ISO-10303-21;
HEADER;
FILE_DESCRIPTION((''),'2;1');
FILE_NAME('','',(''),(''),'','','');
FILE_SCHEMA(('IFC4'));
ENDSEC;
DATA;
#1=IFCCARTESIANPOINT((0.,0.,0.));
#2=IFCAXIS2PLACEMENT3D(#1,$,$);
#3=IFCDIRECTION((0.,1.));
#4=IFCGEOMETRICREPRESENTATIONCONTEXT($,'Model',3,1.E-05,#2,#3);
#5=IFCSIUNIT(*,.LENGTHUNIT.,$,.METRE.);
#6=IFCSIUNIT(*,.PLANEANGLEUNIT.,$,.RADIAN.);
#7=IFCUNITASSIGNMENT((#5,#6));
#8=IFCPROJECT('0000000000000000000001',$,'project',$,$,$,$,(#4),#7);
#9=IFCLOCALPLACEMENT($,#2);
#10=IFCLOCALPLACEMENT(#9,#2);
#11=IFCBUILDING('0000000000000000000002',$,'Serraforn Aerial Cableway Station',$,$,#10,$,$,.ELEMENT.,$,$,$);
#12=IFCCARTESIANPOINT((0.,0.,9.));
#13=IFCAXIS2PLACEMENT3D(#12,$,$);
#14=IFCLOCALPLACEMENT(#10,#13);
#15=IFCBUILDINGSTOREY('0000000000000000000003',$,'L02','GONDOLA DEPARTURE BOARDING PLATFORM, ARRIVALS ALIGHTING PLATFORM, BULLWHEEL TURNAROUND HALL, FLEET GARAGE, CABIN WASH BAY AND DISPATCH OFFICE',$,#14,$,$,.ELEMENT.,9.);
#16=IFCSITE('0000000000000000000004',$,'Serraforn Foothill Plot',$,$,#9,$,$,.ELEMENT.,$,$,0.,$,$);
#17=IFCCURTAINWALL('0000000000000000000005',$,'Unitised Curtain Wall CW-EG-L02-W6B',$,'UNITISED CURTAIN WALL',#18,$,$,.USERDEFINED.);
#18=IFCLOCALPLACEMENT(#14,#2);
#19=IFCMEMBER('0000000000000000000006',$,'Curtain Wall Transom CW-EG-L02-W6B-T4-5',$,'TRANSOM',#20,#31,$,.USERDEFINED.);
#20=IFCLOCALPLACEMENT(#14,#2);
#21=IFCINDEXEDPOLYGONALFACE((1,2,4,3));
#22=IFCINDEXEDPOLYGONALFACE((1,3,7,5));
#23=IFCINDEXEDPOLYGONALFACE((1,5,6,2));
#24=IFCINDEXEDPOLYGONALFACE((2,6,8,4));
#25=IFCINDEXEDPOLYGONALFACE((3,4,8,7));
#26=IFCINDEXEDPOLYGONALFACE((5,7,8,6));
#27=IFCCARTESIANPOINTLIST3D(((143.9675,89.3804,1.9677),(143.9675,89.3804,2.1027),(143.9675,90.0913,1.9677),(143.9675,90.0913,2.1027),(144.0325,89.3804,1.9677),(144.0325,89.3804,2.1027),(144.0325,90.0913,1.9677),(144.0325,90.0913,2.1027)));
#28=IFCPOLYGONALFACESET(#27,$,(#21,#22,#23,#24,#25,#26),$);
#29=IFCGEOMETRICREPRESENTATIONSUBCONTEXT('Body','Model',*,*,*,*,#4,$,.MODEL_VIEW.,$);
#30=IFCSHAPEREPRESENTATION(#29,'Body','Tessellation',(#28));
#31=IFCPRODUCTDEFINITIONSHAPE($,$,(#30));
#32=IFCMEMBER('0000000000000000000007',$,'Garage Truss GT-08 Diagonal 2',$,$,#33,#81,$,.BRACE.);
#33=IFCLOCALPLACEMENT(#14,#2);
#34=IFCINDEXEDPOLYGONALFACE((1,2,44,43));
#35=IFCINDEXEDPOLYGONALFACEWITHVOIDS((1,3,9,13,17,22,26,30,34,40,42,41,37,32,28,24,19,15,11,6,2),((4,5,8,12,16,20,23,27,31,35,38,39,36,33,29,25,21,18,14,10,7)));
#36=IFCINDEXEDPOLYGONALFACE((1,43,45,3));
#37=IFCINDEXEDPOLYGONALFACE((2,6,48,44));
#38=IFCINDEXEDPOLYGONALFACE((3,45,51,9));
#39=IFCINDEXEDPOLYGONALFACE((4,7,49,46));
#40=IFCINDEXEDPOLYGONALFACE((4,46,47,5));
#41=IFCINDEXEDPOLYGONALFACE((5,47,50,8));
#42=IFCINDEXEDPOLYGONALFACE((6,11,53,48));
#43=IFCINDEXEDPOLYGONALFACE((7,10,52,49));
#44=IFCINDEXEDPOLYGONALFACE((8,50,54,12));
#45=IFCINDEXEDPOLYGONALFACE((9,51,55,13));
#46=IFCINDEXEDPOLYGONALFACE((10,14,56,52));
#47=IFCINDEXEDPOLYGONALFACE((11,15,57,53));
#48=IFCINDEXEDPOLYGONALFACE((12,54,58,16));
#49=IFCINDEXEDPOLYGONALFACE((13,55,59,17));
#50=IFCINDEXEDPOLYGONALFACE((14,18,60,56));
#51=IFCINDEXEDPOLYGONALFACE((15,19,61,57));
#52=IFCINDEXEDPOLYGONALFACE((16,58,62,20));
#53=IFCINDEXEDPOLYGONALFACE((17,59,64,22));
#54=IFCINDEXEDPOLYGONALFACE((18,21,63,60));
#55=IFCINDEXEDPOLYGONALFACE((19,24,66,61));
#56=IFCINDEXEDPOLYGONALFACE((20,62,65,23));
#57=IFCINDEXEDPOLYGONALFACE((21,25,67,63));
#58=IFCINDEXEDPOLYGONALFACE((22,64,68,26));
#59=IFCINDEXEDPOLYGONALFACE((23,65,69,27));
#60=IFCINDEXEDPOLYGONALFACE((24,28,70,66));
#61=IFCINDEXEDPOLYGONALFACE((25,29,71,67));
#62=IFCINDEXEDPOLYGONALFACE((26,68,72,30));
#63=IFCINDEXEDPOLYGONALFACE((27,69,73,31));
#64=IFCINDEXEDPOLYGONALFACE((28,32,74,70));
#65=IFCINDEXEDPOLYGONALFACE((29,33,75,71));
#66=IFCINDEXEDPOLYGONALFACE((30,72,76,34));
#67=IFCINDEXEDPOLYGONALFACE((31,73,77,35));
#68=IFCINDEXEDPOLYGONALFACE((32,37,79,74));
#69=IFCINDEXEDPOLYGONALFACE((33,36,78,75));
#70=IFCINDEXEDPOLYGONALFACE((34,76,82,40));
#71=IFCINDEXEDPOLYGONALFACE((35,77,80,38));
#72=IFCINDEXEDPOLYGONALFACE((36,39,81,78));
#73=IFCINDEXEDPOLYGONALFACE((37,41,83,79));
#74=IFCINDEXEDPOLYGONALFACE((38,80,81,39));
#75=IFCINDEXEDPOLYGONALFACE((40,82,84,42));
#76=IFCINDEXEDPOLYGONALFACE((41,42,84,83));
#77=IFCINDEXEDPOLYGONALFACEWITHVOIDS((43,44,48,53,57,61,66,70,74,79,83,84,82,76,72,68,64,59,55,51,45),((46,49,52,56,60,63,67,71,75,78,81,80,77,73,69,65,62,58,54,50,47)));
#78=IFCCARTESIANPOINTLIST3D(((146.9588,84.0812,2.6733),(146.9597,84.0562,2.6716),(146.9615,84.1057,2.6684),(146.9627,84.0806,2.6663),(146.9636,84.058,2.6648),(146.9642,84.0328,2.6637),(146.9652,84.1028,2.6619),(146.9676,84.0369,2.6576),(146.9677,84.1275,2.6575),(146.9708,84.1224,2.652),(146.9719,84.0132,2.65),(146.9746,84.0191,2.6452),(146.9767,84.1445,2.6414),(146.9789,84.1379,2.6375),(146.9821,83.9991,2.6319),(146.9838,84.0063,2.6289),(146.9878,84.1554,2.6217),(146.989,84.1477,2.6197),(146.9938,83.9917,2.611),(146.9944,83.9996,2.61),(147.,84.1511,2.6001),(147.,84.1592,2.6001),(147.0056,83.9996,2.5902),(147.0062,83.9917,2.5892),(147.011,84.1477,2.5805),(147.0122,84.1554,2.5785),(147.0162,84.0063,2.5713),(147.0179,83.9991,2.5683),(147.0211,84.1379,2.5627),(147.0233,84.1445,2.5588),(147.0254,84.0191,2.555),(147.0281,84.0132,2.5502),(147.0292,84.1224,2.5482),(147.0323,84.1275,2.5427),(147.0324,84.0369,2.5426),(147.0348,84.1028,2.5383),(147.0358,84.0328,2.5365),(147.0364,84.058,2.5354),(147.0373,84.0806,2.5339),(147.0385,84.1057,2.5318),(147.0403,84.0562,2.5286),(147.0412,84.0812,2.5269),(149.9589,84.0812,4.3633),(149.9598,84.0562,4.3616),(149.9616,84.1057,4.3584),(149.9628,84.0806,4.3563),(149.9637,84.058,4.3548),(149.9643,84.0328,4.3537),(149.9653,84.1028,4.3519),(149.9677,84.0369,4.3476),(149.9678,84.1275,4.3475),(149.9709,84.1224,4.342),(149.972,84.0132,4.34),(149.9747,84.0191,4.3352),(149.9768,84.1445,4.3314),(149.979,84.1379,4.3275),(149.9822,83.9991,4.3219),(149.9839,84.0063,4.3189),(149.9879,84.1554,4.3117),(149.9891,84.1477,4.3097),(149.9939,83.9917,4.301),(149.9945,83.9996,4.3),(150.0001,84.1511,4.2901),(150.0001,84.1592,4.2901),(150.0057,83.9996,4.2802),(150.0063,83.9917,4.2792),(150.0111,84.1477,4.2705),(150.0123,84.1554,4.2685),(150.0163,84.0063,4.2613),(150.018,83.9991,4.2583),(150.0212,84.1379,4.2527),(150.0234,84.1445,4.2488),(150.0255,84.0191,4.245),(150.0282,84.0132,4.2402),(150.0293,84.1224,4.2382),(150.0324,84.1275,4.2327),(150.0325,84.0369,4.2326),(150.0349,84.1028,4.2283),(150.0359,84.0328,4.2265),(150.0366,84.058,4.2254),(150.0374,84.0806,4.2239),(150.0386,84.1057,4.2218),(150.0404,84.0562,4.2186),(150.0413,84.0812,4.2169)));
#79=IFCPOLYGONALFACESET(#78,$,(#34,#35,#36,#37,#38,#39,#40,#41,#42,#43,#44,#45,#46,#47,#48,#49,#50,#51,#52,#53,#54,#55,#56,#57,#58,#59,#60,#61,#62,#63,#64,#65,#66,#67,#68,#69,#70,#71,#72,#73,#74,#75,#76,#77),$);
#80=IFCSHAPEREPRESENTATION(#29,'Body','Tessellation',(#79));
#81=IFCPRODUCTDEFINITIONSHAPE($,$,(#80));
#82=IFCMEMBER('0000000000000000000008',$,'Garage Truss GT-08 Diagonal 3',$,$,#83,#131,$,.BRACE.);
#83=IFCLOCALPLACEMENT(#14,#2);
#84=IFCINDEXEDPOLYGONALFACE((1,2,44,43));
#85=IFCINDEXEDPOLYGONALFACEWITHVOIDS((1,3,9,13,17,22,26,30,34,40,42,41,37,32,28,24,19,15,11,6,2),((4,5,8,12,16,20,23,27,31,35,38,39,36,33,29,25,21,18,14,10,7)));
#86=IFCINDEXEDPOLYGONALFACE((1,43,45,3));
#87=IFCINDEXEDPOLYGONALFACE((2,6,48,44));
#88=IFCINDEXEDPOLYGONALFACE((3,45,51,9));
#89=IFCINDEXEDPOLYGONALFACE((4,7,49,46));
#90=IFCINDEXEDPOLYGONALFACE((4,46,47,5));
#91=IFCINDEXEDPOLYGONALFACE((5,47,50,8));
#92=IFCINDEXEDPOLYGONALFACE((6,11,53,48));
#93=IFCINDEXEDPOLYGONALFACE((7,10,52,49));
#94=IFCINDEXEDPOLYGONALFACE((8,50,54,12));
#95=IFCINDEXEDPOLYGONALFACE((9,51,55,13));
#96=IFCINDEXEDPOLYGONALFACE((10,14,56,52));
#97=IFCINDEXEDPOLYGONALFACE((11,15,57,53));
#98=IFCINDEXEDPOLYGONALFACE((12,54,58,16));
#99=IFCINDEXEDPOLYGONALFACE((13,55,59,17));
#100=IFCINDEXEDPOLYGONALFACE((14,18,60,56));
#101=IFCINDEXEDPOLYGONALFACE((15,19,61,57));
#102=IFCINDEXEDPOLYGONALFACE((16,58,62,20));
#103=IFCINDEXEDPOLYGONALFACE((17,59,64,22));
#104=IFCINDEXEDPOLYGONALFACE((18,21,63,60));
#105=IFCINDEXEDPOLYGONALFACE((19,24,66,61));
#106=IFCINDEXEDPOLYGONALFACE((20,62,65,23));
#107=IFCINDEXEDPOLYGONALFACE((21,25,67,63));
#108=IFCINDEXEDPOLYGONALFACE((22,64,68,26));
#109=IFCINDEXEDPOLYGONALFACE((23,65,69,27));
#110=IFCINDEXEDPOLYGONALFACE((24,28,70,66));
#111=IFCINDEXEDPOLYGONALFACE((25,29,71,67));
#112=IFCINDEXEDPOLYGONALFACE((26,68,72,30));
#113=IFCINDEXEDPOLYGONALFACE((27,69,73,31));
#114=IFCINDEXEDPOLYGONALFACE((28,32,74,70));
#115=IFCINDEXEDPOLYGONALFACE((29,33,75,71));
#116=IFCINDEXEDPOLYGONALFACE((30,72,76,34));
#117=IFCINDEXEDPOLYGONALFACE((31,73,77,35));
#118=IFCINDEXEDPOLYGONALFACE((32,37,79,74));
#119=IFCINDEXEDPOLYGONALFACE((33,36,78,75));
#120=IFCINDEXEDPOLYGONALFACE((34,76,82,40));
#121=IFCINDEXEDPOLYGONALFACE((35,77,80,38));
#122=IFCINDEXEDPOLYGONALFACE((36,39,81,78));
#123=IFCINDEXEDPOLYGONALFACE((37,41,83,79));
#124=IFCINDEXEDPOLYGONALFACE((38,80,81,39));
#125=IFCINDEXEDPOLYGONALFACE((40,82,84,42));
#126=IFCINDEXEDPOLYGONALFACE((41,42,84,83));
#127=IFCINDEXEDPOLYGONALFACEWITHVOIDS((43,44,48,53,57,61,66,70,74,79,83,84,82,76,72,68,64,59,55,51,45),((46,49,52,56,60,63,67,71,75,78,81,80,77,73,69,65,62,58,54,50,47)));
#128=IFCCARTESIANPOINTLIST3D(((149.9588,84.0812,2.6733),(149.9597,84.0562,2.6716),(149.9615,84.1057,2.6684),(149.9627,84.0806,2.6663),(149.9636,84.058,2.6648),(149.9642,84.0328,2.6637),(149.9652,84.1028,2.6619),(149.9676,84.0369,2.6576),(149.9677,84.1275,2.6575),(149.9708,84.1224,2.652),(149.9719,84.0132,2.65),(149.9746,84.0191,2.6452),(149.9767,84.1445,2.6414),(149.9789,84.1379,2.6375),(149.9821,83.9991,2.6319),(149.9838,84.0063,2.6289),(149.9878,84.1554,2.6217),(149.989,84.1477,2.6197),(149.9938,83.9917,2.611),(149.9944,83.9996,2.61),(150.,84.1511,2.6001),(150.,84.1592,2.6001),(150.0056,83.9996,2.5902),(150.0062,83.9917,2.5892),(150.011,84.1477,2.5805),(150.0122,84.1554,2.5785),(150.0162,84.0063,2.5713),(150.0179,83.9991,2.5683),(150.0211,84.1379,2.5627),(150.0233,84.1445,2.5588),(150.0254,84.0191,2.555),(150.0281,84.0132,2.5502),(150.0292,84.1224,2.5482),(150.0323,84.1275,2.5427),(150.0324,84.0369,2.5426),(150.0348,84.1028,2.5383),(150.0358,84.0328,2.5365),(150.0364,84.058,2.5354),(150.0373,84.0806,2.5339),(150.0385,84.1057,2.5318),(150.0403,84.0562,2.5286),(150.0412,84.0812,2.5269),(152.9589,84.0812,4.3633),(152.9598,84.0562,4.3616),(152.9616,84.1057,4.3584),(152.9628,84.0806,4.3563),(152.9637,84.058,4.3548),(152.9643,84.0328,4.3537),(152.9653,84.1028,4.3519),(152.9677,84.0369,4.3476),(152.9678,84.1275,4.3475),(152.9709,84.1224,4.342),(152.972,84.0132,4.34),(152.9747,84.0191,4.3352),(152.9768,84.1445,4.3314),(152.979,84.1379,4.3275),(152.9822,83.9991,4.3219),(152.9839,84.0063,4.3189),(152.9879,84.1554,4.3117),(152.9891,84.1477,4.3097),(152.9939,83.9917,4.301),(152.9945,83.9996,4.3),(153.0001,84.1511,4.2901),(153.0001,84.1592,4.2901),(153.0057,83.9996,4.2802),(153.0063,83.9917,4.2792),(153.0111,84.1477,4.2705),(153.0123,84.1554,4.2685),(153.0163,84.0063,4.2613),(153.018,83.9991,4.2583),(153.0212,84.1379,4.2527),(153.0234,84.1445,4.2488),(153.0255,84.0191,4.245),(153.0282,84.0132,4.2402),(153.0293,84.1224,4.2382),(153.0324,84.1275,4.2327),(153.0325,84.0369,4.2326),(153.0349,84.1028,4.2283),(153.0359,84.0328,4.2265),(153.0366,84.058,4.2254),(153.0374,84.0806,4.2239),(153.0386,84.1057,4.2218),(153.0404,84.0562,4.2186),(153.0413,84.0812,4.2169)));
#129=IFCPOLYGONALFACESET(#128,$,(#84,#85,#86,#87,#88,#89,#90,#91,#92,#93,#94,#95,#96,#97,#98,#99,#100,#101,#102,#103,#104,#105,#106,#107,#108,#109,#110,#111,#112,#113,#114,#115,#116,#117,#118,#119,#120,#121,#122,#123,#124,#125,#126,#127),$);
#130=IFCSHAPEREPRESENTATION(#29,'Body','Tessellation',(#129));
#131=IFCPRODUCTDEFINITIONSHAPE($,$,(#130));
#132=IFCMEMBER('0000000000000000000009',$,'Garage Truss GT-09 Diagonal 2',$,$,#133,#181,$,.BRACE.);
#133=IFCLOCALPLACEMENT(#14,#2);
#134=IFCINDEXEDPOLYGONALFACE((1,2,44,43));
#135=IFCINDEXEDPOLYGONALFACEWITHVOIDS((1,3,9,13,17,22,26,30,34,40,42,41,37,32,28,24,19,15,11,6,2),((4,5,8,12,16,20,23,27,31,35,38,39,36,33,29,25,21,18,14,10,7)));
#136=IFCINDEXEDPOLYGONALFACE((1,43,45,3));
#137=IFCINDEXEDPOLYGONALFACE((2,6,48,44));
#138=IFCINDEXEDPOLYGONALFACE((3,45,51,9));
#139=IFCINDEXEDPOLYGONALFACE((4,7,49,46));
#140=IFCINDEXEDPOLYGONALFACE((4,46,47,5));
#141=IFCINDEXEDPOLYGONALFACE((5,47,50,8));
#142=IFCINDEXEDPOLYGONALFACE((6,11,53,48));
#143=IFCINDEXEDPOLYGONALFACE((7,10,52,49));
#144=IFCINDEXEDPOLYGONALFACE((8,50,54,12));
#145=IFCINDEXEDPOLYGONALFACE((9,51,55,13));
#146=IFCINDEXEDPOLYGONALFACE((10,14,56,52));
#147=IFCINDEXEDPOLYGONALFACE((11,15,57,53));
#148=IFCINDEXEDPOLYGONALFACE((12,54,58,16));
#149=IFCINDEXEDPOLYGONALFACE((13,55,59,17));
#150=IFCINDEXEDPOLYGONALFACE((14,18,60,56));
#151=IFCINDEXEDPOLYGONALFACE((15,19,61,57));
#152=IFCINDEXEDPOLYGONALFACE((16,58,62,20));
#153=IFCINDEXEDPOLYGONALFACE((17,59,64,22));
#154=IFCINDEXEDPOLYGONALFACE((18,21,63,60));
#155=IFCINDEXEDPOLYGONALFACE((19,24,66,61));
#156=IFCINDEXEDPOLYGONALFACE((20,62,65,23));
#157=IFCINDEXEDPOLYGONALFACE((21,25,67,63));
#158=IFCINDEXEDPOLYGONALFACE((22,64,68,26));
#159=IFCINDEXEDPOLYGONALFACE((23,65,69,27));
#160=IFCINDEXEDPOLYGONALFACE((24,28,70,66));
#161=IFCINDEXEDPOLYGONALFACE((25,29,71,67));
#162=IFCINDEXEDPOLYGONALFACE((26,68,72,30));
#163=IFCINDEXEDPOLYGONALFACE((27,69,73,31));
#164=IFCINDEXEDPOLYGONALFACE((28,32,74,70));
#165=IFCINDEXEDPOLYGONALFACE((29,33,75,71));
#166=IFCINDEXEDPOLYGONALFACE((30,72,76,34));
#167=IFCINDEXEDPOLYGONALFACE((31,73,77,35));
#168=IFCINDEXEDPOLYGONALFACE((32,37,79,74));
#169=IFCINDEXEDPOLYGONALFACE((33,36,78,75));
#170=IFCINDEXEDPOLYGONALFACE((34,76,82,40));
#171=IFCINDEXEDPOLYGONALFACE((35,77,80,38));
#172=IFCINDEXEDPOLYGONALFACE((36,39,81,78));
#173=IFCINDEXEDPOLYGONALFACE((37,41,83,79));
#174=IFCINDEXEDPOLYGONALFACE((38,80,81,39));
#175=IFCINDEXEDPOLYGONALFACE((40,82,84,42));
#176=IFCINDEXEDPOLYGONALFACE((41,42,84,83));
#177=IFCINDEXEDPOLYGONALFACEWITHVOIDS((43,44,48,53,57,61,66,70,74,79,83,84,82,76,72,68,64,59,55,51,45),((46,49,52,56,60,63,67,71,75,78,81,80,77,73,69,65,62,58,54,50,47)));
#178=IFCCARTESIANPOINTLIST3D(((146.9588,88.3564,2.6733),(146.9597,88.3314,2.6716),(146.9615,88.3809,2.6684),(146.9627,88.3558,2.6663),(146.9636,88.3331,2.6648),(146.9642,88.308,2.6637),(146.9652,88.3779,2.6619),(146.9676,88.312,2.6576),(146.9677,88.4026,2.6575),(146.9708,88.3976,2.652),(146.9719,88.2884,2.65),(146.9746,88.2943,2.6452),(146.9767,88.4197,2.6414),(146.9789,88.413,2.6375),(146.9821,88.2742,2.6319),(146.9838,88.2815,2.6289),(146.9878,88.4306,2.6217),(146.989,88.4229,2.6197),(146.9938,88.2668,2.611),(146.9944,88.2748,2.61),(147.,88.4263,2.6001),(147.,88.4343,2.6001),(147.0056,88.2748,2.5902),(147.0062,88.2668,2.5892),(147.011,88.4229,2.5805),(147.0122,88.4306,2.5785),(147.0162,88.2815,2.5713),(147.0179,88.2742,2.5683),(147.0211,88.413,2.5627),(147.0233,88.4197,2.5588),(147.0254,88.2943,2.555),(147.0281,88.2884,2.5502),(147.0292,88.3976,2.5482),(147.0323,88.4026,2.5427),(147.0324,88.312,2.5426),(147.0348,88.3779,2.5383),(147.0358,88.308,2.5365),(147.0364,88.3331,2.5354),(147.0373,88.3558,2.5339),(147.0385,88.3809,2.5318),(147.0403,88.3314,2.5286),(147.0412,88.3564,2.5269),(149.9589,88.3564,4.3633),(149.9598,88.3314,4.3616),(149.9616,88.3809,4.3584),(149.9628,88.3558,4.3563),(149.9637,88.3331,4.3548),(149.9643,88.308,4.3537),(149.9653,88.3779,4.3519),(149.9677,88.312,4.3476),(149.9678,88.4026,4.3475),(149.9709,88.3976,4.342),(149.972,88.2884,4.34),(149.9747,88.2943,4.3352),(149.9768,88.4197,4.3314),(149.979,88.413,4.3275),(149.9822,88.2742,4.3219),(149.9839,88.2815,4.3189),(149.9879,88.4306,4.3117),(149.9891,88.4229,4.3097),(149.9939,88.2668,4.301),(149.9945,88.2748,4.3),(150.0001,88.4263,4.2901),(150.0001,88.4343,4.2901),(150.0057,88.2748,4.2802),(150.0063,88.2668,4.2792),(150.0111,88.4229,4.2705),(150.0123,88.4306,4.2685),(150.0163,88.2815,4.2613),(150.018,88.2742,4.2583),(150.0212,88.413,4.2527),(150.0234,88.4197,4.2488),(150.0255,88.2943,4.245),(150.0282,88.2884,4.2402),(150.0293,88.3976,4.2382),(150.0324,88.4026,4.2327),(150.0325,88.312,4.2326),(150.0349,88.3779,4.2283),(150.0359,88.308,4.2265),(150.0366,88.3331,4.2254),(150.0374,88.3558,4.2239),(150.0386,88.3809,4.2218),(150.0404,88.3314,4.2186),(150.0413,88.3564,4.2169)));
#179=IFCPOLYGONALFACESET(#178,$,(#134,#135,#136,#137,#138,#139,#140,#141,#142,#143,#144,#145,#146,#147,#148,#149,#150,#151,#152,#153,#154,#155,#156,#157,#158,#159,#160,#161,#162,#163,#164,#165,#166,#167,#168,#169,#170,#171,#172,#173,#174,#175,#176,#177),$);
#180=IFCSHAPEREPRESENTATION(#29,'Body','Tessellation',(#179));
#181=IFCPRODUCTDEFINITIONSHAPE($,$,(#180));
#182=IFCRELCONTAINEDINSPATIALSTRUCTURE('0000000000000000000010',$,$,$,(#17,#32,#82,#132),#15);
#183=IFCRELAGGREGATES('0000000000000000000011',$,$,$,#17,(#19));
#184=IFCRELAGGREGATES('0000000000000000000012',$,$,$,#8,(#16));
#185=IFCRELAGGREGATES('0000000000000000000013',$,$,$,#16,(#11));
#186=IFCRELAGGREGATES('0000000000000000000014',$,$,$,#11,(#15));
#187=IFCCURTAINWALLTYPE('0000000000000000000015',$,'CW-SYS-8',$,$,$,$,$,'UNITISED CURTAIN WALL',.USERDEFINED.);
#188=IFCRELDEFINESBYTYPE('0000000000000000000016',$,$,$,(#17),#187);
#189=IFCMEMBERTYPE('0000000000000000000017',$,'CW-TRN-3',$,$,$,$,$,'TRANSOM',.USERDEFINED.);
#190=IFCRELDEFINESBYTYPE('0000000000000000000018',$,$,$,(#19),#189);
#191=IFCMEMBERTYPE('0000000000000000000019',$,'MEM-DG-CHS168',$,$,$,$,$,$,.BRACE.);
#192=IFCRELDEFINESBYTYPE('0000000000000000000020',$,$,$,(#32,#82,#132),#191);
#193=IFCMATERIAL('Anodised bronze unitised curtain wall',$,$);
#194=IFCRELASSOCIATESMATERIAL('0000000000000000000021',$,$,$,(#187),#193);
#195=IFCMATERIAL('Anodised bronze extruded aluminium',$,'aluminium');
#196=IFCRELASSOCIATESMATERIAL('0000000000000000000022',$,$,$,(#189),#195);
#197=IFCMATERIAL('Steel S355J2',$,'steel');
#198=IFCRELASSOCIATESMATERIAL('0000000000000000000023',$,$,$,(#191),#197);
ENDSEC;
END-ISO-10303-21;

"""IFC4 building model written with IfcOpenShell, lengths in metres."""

from ifc_helpers import new_model, si_unit, direction, frame, origin, origin_2d, place, context, subcontext, project, spatial, rectangle, hollow_circle, extrude, material, material_profile, profile_set, type_object, element, aggregate, save


model = new_model("IFC4")

# Units and contexts
model_context = context("Model", 3, precision=1e-05, world=origin(), true_north=direction((0.0, 1.0)))
body_context = subcontext(model_context, "Body", "Model", "MODEL_VIEW")
ifc_project = project(units=[si_unit("LENGTHUNIT", "METRE"), si_unit("PLANEANGLEUNIT", "RADIAN")], contexts=[model_context])

# Site, building, storey
site_placement = place(None, origin())
site = spatial("IfcSite", under=ifc_project, at=site_placement, Name="Serraforn Foothill Plot", CompositionType="ELEMENT", RefElevation=0.0)
building_placement = place(site_placement, origin())
building = spatial("IfcBuilding", under=site, at=building_placement, Name="Serraforn Aerial Cableway Station", CompositionType="ELEMENT")
storey_placement = place(building_placement, frame((0.0, 0.0, 9.0)))
storey = spatial("IfcBuildingStorey", under=building, at=storey_placement, Name="L02", Description="GONDOLA DEPARTURE BOARDING PLATFORM, ARRIVALS ALIGHTING PLATFORM, BULLWHEEL TURNAROUND HALL, FLEET GARAGE, CABIN WASH BAY AND DISPATCH OFFICE", CompositionType="ELEMENT", Elevation=9.0)

# Curtain wall, member
ifc_material_1 = material(Name="Anodised bronze unitised curtain wall")
curtain_wall_type = type_object("IfcCurtainWallType", Name="CW-SYS-8", ElementType="UNITISED CURTAIN WALL", PredefinedType="USERDEFINED", material=ifc_material_1)
curtain_wall_placement = place(storey_placement, origin())
curtain_wall = element("IfcCurtainWall", 1, at=curtain_wall_placement, inside=storey, type_object=curtain_wall_type, Name="Unitised Curtain Wall CW-EG-L02-W6B", ObjectType="UNITISED CURTAIN WALL", PredefinedType="USERDEFINED")
ifc_material_2 = material(Name="Anodised bronze extruded aluminium", Category="aluminium")
ifc_material_profile_1 = material_profile(ifc_material_2, rectangle(XDim=0.0649, YDim=0.135, at=origin_2d()), Name="CW TRANSOM 65x135")
ifc_profile_set_1 = profile_set([ifc_material_profile_1], Name="Anodised bronze extruded aluminium")
member_type_1 = type_object("IfcMemberType", Name="CW-TRN-3", ElementType="TRANSOM", PredefinedType="USERDEFINED", material=ifc_profile_set_1)
member_1_placement = place(storey_placement, frame((144.0, 90.0913, 2.0352), z_axis=(0.0, -1.0, 0.0), x_axis=(1.0, 0.0, 0.0)))
member_1 = element("IfcMember", 2, at=member_1_placement, type_object=member_type_1, Name="Curtain Wall Transom CW-EG-L02-W6B-T4-5", ObjectType="TRANSOM", PredefinedType="USERDEFINED", context=body_context, shape_type="SweptSolid", body=[
    extrude(rectangle(XDim=0.0649, YDim=0.135, at=origin_2d()), origin(), (0.0, 0.0, 1.0), 0.7109),
])
aggregate(curtain_wall, [member_1])

# Members
ifc_material_3 = material(Name="Steel S355J2", Category="steel")
ifc_material_profile_2 = material_profile(ifc_material_3, hollow_circle(Radius=0.0842, WallThickness=0.0081, at=origin_2d()), Name="CHS 168.3x8.0")
ifc_profile_set_2 = profile_set([ifc_material_profile_2], Name="Steel S355J2")
member_type_2 = type_object("IfcMemberType", Name="MEM-DG-CHS168", PredefinedType="BRACE", material=ifc_profile_set_2)
for number, where, z_axis, x_axis, name in (
    (3, (147.0, 84.075, 2.6001), (0.871272, 0.0, 0.4908), (0.0, 1.0, 0.0), "Garage Truss GT-08 Diagonal 2"),
    (4, (150.0, 84.075, 2.6001), (0.871272, 0.0, 0.4908), (0.0, 1.0, 0.0), "Garage Truss GT-08 Diagonal 3"),
    (5, (147.0, 88.3501, 2.6001), (0.871272, 0.0, 0.4908), (0.0, 1.0, 0.0), "Garage Truss GT-09 Diagonal 2"),
):
    element("IfcMember", number, at=place(storey_placement, frame(where, z_axis=z_axis, x_axis=x_axis)), inside=storey, type_object=member_type_2, Name=name, PredefinedType="BRACE", context=body_context, shape_type="SweptSolid", body=[
        extrude(hollow_circle(Radius=0.0842, WallThickness=0.0081, at=origin_2d()), origin(), (0.0, 0.0, 1.0), 3.4434),
    ])

save(model, "model.ifc")
